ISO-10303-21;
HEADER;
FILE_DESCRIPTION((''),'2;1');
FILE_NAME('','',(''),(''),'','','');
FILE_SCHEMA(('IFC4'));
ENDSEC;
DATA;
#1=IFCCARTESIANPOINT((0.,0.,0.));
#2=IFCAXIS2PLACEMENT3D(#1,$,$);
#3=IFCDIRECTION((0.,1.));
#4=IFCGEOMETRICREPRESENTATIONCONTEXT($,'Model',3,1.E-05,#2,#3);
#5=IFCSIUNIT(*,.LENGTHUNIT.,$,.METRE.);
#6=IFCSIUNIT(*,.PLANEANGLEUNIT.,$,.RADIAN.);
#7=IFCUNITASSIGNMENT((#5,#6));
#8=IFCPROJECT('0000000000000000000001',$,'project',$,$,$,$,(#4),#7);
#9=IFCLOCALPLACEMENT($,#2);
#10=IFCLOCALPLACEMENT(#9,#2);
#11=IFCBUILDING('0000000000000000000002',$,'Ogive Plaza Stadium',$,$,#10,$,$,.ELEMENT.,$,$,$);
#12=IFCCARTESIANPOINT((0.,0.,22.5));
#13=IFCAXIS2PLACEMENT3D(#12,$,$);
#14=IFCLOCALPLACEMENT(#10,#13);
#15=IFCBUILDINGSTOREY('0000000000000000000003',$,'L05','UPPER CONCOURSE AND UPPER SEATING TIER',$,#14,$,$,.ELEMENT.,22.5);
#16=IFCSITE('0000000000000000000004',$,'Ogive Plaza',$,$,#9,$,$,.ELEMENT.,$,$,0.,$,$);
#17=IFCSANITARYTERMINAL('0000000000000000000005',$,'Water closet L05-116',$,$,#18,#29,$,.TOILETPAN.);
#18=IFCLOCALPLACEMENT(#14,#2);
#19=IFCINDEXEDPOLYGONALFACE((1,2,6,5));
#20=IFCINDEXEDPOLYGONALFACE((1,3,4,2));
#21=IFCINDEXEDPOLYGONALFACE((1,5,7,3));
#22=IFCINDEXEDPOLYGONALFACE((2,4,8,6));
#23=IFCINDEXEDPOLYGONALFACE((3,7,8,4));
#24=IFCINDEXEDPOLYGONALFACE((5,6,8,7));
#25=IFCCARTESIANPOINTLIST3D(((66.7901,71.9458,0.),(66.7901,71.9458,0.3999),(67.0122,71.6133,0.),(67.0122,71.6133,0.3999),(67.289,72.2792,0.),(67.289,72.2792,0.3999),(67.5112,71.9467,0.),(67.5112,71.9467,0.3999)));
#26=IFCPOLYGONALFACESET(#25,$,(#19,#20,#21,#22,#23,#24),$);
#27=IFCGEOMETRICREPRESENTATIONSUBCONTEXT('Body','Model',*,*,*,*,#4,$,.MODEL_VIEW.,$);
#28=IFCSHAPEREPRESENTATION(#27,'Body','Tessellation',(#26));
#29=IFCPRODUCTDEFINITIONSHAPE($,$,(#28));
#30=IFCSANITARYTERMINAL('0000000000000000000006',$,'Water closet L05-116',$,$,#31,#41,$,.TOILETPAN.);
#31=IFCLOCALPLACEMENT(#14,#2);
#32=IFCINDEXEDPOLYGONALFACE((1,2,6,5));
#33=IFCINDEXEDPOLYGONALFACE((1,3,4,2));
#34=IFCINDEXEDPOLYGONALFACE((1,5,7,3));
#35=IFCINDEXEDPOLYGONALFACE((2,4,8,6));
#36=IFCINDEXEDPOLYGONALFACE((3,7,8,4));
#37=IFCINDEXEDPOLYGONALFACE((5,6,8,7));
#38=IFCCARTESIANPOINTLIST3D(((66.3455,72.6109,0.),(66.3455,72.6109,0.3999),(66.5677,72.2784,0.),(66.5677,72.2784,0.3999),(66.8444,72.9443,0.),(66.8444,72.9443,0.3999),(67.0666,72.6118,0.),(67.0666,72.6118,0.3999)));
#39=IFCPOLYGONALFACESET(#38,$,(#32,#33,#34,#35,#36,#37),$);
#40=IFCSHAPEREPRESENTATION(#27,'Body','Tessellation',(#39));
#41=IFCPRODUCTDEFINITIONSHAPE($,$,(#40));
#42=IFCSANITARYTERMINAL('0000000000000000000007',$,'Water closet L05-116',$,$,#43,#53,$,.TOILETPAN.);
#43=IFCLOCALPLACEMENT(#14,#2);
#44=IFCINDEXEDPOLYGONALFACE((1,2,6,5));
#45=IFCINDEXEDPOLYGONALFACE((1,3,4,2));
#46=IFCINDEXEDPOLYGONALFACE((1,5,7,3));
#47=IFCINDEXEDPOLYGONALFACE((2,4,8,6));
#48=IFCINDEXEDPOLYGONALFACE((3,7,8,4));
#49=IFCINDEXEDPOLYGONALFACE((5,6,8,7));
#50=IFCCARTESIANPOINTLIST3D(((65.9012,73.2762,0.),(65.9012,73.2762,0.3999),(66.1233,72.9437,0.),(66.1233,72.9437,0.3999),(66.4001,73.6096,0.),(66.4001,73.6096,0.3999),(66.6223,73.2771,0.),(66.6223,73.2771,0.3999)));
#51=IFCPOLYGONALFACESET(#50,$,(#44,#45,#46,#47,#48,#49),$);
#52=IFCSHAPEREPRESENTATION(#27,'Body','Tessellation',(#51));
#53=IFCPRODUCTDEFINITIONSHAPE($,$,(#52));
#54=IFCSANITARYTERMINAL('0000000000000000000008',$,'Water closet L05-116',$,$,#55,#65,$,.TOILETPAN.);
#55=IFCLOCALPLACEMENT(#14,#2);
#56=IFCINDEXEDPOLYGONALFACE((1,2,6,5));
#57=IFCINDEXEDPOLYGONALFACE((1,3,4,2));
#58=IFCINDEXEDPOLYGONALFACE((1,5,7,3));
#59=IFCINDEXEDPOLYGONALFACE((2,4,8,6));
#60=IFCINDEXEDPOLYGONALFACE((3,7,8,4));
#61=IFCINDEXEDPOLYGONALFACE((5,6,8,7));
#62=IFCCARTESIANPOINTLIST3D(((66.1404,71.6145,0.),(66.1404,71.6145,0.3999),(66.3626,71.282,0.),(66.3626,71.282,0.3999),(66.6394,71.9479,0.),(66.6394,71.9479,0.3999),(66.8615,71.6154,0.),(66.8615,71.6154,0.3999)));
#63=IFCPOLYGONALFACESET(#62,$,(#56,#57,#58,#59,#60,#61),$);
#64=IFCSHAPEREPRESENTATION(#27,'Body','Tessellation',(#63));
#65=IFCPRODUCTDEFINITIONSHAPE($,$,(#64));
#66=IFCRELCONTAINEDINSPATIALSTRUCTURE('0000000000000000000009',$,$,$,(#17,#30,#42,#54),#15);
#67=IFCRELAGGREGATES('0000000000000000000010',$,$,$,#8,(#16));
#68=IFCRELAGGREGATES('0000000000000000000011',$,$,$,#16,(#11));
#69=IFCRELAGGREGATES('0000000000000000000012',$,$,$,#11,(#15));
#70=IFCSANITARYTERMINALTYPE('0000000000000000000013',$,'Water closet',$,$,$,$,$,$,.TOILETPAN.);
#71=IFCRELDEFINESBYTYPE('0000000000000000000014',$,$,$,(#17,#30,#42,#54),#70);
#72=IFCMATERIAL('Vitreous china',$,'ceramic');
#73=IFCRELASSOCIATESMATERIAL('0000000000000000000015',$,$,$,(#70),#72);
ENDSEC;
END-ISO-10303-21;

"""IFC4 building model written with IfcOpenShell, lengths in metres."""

from ifc_helpers import new_model, si_unit, direction, frame, origin, origin_2d, place, context, subcontext, project, spatial, rectangle, extrude, material, type_object, element, save


model = new_model("IFC4")

# Units and contexts
model_context = context("Model", 3, precision=1e-05, world=origin(), true_north=direction((0.0, 1.0)))
body_context = subcontext(model_context, "Body", "Model", "MODEL_VIEW")
ifc_project = project(units=[si_unit("LENGTHUNIT", "METRE"), si_unit("PLANEANGLEUNIT", "RADIAN")], contexts=[model_context])

# Site, building, storey
site_placement = place(None, origin())
site = spatial("IfcSite", under=ifc_project, at=site_placement, Name="Ogive Plaza", CompositionType="ELEMENT", RefElevation=0.0)
building_placement = place(site_placement, origin())
building = spatial("IfcBuilding", under=site, at=building_placement, Name="Ogive Plaza Stadium", CompositionType="ELEMENT")
storey_placement = place(building_placement, frame((0.0, 0.0, 22.5)))
storey = spatial("IfcBuildingStorey", under=building, at=storey_placement, Name="L05", Description="UPPER CONCOURSE AND UPPER SEATING TIER", CompositionType="ELEMENT", Elevation=22.5)

# Sanitary terminals
ifc_material_1 = material(Name="Vitreous china", Category="ceramic")
sanitary_terminal_type_1 = type_object("IfcSanitaryTerminalType", Name="Water closet", PredefinedType="TOILETPAN", material=ifc_material_1)
for number, where, z_axis, x_axis, name in (
    (1, (67.1506, 71.9463, 0.0), (0.0, 0.0, 1.0), (-0.55557, 0.83147, 0.0), "Water closet L05-116"),
    (2, (66.7061, 72.6113, 0.0), (0.0, 0.0, 1.0), (-0.55557, 0.83147, 0.0), "Water closet L05-116"),
    (3, (66.2617, 73.2766, 0.0), (0.0, 0.0, 1.0), (-0.55557, 0.83147, 0.0), "Water closet L05-116"),
    (4, (66.501, 71.615, 0.0), (0.0, 0.0, 1.0), (-0.55557, 0.83147, 0.0), "Water closet L05-116"),
):
    element("IfcSanitaryTerminal", number, at=place(storey_placement, frame(where, z_axis=z_axis, x_axis=x_axis)), inside=storey, type_object=sanitary_terminal_type_1, Name=name, PredefinedType="TOILETPAN", context=body_context, shape_type="SweptSolid", body=[
        extrude(rectangle(XDim=0.3999, YDim=0.6001, at=origin_2d()), origin(), (0.0, 0.0, 1.0), 0.3999),
    ])

save(model, "model.ifc")
